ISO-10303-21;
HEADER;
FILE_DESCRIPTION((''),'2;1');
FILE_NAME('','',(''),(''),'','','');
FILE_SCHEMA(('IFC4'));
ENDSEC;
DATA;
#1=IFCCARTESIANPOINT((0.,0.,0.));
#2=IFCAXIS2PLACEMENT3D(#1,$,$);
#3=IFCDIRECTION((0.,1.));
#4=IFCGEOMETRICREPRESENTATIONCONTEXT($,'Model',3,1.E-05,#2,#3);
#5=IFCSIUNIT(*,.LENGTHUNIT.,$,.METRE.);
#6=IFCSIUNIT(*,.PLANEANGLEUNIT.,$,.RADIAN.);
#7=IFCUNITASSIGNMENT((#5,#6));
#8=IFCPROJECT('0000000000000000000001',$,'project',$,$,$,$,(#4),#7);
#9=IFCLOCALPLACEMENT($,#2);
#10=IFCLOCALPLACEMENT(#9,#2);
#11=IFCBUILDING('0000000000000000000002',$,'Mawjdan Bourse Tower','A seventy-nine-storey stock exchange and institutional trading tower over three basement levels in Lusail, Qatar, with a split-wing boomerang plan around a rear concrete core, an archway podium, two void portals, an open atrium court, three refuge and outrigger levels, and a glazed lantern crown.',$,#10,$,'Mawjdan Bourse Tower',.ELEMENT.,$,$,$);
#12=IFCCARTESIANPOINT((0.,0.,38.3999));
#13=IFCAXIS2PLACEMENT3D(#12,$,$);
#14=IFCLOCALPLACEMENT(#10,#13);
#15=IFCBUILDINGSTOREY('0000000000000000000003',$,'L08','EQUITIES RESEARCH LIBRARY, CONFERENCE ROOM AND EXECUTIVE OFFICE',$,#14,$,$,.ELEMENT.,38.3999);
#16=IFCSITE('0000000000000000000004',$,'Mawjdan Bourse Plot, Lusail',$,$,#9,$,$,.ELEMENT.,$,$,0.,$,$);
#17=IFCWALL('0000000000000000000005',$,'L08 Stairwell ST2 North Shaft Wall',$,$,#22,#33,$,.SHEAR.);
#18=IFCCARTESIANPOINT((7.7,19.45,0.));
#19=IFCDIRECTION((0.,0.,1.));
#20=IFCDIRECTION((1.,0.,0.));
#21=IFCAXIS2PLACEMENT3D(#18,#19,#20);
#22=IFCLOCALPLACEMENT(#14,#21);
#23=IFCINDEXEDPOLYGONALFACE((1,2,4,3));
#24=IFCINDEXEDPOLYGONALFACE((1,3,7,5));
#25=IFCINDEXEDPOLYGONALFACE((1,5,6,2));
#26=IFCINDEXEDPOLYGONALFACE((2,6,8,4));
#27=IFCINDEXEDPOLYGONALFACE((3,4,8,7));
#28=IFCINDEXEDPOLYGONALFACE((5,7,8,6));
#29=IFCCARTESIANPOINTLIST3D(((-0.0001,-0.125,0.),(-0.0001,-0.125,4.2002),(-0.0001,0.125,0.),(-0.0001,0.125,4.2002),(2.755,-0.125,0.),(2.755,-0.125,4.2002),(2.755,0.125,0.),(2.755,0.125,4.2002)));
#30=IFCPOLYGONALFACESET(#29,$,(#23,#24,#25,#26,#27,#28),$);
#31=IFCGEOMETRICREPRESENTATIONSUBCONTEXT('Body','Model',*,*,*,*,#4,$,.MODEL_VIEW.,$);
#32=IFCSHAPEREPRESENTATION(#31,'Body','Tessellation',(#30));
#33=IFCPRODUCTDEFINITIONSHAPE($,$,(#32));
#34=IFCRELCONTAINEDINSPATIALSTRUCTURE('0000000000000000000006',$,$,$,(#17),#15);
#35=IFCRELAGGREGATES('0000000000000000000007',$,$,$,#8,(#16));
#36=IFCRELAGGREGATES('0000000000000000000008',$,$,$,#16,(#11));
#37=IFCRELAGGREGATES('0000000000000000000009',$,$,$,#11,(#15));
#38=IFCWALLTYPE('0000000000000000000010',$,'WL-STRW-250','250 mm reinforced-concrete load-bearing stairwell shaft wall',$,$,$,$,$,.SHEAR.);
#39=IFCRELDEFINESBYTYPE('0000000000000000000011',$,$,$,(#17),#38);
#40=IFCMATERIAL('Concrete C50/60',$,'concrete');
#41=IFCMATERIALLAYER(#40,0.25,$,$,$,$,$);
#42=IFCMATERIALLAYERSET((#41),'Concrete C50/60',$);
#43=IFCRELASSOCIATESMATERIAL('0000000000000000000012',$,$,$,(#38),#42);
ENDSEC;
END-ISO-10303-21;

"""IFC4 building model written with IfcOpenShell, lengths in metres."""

from ifc_helpers import new_model, si_unit, direction, frame, frame_2d, origin, place, context, subcontext, project, spatial, rectangle, extrude, material, layer, layer_set, type_object, element, save


model = new_model("IFC4")

# Units and contexts
model_context = context("Model", 3, precision=1e-05, world=origin(), true_north=direction((0.0, 1.0)))
body_context = subcontext(model_context, "Body", "Model", "MODEL_VIEW")
ifc_project = project(units=[si_unit("LENGTHUNIT", "METRE"), si_unit("PLANEANGLEUNIT", "RADIAN")], contexts=[model_context])

# Site, building, storey
site_placement = place(None, origin())
site = spatial("IfcSite", under=ifc_project, at=site_placement, Name="Mawjdan Bourse Plot, Lusail", CompositionType="ELEMENT", RefElevation=0.0)
building_placement = place(site_placement, origin())
building = spatial("IfcBuilding", under=site, at=building_placement, Name="Mawjdan Bourse Tower", Description="A seventy-nine-storey stock exchange and institutional trading tower over three basement levels in Lusail, Qatar, with a split-wing boomerang plan around a rear concrete core, an archway podium, two void portals, an open atrium court, three refuge and outrigger levels, and a glazed lantern crown.", LongName="Mawjdan Bourse Tower", CompositionType="ELEMENT")
storey_placement = place(building_placement, frame((0.0, 0.0, 38.3999)))
storey = spatial("IfcBuildingStorey", under=building, at=storey_placement, Name="L08", Description="EQUITIES RESEARCH LIBRARY, CONFERENCE ROOM AND EXECUTIVE OFFICE", CompositionType="ELEMENT", Elevation=38.3999)

# Shared definitions
ifc_material_1 = material(Name="Concrete C50/60", Category="concrete")

# Wall
ifc_layer_1 = layer(ifc_material_1, 0.25)
ifc_layer_set_1 = layer_set([ifc_layer_1], Name="Concrete C50/60")
wall_type_1 = type_object("IfcWallType", Name="WL-STRW-250", Description="250 mm reinforced-concrete load-bearing stairwell shaft wall", PredefinedType="SHEAR", material=ifc_layer_set_1)
wall_1_placement = place(storey_placement, frame((7.7, 19.45, 0.0), z_axis=(0.0, 0.0, 1.0), x_axis=(1.0, 0.0, 0.0)))
element("IfcWall", 1, at=wall_1_placement, inside=storey, type_object=wall_type_1, Name="L08 Stairwell ST2 North Shaft Wall", PredefinedType="SHEAR", context=body_context, shape_type="SweptSolid", body=[
    extrude(rectangle(XDim=2.7551, YDim=0.25, at=frame_2d((1.3774, 0.0))), origin(), (0.0, 0.0, 1.0), 4.2002),
])

save(model, "model.ifc")
